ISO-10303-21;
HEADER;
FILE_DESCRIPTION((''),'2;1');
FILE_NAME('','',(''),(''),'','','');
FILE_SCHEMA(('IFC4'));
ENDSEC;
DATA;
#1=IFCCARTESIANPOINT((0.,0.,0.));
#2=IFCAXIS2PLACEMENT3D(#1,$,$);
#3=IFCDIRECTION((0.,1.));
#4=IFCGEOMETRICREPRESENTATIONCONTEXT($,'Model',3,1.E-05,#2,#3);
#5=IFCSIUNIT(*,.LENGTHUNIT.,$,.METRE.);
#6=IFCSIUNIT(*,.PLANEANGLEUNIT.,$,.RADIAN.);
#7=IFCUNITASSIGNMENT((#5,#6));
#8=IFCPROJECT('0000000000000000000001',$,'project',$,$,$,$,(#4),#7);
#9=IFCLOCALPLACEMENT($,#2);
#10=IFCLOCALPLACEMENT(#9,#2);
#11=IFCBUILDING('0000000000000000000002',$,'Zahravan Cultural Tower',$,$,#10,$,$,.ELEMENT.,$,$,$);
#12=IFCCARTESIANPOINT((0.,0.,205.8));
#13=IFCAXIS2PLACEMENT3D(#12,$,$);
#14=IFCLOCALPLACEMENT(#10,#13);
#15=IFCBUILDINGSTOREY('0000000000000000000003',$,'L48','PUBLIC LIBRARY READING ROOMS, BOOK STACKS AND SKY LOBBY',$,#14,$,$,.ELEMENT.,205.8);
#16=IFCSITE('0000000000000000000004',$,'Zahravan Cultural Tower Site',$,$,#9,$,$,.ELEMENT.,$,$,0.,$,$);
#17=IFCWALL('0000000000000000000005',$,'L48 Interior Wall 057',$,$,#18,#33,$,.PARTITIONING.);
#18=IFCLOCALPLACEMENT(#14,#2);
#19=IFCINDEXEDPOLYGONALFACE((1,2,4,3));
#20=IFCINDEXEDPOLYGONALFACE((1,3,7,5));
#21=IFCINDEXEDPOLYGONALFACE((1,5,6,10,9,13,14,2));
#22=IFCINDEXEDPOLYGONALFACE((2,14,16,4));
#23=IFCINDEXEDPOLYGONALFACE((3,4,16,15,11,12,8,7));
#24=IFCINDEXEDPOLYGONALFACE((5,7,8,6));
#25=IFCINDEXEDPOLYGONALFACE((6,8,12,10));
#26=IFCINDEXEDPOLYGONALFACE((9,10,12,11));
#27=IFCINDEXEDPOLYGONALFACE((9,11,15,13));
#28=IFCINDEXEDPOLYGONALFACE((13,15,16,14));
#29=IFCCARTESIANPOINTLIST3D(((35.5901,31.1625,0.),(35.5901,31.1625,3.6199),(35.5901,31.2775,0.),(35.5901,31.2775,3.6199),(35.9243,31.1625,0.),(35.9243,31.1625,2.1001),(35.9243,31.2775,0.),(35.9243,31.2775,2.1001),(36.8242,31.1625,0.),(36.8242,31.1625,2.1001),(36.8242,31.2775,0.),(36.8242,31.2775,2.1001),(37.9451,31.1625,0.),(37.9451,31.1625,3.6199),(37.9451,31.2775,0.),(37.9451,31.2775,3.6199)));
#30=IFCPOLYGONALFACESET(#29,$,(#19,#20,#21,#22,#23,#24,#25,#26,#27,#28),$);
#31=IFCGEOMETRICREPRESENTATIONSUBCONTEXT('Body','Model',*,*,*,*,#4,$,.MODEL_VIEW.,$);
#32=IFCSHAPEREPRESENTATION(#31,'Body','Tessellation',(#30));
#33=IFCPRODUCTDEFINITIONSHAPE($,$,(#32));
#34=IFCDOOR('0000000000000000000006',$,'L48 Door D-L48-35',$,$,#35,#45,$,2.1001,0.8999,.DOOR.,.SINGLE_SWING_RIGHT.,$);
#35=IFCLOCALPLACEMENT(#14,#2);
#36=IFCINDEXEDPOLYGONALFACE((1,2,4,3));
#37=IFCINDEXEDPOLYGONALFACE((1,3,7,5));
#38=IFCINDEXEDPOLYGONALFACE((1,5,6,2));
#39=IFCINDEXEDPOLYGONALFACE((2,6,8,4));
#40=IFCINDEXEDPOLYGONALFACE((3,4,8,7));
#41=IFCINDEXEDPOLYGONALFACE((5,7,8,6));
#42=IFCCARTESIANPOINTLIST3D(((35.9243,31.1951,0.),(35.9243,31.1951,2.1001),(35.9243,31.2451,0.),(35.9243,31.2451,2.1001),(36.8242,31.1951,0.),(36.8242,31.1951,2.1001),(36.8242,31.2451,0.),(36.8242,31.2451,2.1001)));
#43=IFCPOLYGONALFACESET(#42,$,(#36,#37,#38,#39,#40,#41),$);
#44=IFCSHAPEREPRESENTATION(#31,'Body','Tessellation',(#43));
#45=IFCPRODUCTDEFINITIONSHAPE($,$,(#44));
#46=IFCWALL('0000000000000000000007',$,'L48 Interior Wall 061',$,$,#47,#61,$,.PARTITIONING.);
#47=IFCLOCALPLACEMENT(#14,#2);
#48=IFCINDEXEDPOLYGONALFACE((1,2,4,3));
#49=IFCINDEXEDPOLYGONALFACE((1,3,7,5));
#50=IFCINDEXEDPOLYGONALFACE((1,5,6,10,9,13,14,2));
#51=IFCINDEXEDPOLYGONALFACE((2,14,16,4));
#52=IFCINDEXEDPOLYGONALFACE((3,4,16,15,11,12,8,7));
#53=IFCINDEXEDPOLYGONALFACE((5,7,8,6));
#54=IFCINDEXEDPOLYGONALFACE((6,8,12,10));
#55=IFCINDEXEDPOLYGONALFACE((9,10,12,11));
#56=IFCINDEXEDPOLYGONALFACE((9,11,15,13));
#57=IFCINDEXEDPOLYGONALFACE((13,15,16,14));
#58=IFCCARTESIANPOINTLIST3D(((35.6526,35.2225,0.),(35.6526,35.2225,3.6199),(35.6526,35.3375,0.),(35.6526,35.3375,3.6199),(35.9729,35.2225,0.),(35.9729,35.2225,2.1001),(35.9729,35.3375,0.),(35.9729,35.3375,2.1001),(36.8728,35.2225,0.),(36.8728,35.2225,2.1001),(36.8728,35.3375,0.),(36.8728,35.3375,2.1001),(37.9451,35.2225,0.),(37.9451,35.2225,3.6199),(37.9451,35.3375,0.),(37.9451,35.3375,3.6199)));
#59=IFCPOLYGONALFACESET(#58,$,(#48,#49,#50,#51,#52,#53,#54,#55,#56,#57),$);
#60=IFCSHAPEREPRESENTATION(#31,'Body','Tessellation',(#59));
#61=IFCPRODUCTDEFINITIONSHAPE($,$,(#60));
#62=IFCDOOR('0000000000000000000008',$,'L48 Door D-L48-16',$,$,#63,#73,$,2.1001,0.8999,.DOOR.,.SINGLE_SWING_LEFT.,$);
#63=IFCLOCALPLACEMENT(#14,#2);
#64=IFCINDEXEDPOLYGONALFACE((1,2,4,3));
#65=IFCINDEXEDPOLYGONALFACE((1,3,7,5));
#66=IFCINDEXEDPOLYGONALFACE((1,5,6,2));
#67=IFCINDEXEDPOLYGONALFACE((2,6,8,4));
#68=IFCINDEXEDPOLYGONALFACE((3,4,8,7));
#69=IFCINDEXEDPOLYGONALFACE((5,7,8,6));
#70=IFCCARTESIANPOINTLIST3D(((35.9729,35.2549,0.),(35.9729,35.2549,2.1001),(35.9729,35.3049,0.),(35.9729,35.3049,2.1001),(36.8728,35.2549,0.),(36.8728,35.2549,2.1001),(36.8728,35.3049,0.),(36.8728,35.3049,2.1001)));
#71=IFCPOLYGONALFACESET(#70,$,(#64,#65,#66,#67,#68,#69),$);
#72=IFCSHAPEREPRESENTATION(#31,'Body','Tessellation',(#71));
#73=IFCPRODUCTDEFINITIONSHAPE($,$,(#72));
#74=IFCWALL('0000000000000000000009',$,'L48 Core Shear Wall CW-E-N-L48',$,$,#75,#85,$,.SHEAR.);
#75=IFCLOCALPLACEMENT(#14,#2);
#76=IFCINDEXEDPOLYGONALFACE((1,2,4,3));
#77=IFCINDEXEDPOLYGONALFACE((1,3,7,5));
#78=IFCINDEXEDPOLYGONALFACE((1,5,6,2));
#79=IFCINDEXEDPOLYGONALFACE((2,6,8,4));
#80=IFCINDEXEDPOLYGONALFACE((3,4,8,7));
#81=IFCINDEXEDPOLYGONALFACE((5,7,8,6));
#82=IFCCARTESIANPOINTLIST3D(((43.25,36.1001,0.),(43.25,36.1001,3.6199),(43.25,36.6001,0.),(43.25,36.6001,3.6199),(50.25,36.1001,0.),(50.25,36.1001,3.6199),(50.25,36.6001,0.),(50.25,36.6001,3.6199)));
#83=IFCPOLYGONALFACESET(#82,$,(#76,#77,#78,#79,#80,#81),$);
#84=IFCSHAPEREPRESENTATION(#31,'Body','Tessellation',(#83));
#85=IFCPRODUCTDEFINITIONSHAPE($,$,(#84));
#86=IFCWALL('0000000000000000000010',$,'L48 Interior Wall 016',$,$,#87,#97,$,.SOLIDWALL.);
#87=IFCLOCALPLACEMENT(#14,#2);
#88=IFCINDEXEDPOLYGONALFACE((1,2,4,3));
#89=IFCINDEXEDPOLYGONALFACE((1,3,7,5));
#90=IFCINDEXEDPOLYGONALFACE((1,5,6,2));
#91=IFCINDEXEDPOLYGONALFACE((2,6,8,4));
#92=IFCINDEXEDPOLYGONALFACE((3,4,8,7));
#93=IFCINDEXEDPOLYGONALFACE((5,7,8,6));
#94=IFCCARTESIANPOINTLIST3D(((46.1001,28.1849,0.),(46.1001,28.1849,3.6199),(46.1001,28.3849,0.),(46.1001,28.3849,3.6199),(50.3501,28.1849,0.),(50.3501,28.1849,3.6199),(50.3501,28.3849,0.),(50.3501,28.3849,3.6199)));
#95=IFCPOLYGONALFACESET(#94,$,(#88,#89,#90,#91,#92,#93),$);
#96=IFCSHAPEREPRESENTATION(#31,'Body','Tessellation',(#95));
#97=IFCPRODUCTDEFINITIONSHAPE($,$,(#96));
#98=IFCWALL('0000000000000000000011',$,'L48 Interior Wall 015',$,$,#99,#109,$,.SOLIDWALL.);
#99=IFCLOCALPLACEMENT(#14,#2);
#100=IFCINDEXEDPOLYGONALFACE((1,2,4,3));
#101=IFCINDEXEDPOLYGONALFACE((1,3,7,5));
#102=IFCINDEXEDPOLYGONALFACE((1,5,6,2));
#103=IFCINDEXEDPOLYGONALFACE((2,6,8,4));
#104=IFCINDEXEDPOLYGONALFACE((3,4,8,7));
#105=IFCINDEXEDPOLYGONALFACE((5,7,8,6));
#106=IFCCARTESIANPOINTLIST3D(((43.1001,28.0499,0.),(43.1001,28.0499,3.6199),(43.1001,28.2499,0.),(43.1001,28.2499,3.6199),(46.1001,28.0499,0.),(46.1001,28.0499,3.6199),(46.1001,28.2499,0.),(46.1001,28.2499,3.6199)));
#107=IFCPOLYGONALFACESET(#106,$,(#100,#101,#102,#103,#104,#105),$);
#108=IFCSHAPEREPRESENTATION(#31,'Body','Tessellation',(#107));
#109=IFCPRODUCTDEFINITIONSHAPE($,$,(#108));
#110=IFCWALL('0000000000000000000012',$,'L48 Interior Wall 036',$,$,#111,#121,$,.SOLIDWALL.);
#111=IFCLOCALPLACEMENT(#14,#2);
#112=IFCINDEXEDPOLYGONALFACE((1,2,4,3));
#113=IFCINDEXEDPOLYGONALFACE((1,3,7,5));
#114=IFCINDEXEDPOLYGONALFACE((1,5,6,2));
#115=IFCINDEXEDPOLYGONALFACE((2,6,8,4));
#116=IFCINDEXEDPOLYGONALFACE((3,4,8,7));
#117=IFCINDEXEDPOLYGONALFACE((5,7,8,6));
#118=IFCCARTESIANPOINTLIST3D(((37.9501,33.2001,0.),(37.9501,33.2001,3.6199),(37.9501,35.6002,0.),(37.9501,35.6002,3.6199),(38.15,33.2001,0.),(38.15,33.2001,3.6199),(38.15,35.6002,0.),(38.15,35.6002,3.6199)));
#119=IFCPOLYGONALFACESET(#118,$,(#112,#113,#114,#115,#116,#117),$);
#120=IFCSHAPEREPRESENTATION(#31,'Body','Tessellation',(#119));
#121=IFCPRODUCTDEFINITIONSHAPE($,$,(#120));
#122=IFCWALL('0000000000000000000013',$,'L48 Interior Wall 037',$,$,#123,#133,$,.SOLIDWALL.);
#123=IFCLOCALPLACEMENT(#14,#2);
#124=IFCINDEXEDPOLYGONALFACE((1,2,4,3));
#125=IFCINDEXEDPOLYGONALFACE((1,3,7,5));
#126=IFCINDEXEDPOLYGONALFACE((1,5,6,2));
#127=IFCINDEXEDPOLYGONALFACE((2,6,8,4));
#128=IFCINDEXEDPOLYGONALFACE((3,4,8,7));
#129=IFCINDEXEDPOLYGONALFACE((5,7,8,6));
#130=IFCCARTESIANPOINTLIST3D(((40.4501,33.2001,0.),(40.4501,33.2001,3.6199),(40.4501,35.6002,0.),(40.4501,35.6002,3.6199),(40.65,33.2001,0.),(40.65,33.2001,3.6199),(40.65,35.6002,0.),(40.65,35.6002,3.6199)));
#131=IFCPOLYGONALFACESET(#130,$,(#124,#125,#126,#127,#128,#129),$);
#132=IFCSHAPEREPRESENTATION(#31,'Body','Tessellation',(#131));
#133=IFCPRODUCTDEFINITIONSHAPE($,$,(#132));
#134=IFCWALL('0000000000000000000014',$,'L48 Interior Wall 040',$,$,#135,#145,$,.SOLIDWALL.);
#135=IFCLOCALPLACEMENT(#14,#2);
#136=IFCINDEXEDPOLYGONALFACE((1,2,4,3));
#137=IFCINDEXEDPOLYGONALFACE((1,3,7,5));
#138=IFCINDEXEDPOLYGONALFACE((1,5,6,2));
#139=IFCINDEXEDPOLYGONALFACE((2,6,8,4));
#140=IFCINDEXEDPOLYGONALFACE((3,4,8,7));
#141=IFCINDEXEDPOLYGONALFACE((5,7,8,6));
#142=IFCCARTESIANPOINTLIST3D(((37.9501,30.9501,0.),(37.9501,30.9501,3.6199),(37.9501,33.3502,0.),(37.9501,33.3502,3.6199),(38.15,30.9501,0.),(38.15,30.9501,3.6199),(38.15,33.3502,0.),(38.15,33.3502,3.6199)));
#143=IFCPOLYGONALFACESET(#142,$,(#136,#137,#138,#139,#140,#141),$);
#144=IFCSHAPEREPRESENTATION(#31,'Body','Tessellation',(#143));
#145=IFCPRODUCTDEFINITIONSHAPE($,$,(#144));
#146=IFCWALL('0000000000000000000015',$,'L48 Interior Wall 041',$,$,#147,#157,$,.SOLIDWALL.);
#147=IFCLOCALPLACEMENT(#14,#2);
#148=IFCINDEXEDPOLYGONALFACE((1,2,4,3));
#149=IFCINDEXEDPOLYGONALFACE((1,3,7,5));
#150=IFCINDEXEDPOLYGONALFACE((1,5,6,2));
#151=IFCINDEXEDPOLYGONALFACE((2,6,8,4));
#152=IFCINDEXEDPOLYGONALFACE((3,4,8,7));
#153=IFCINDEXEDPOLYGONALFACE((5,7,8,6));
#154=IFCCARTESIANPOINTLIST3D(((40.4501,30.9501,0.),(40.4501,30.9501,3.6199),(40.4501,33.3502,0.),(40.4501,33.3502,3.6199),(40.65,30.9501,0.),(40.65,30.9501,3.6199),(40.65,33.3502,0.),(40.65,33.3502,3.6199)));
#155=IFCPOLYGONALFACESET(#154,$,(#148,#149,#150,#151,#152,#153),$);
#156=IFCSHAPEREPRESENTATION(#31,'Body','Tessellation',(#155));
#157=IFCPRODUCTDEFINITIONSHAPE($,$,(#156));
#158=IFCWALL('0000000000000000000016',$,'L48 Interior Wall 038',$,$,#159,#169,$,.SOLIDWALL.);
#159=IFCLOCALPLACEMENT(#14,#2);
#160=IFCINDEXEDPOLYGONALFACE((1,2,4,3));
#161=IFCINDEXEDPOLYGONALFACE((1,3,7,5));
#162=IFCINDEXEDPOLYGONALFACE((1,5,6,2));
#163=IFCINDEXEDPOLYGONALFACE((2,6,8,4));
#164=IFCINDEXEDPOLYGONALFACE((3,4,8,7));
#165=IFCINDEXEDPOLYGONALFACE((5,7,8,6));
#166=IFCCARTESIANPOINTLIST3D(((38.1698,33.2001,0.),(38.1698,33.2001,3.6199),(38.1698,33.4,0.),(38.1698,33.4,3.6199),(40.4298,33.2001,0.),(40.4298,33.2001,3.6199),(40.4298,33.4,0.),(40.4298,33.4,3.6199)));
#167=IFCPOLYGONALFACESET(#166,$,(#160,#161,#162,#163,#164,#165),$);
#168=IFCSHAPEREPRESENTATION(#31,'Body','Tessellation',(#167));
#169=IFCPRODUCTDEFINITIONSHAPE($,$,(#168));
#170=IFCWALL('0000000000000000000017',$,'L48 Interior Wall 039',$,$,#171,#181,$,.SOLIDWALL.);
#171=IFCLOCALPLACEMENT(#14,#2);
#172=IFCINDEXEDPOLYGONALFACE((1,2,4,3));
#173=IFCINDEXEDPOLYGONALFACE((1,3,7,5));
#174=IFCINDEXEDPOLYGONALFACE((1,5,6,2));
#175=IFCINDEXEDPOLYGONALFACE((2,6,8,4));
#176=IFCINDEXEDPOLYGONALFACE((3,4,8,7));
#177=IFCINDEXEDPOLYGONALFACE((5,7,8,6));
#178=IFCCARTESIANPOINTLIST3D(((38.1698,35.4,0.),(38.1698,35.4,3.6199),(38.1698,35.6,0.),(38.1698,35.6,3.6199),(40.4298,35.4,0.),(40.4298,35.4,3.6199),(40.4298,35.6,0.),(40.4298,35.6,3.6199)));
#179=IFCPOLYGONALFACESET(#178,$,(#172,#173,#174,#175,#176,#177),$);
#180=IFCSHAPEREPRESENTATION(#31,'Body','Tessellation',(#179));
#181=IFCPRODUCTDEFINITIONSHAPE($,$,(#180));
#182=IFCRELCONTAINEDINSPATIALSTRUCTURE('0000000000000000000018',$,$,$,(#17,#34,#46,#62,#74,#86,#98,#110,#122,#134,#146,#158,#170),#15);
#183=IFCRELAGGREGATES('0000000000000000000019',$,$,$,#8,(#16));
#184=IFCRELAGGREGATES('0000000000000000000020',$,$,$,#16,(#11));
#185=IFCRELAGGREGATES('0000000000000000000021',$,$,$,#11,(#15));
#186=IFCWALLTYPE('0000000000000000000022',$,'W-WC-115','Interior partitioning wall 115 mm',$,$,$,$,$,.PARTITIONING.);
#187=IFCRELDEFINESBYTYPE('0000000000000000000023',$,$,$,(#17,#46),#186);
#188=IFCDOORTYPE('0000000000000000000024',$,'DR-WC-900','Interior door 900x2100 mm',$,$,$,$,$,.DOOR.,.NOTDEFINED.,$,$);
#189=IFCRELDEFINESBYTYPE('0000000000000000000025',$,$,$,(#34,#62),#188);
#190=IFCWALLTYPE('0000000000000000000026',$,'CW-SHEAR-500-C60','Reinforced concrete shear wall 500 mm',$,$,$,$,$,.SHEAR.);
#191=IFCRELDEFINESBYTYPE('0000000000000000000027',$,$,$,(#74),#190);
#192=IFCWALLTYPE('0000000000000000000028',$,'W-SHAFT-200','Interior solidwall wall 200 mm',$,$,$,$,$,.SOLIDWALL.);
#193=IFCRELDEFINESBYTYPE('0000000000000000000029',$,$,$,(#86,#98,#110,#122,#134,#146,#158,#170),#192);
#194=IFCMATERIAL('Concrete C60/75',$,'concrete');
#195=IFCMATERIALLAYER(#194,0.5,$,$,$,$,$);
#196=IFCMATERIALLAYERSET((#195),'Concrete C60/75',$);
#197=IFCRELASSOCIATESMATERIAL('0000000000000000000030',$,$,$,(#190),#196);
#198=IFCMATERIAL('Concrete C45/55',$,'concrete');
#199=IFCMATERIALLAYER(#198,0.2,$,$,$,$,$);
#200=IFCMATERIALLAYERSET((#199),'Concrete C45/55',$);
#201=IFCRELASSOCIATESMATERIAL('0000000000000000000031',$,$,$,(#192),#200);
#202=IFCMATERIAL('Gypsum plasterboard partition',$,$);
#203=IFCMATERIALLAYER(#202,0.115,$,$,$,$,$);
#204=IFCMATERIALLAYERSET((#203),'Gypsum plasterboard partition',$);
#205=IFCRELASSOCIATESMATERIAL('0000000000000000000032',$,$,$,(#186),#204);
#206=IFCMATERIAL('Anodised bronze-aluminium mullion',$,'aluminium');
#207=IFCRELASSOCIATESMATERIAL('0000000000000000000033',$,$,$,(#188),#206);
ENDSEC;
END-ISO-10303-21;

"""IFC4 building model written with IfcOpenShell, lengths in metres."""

from ifc_helpers import new_model, si_unit, direction, frame, frame_2d, origin, place, context, subcontext, project, spatial, rectangle, extrude, source, transform, mapped, material, layer, layer_set, type_object, element, fill, save


model = new_model("IFC4")

# Units and contexts
model_context = context("Model", 3, precision=1e-05, world=origin(), true_north=direction((0.0, 1.0)))
body_context = subcontext(model_context, "Body", "Model", "MODEL_VIEW")
ifc_project = project(units=[si_unit("LENGTHUNIT", "METRE"), si_unit("PLANEANGLEUNIT", "RADIAN")], contexts=[model_context])

# Site, building, storey
site_placement = place(None, origin())
site = spatial("IfcSite", under=ifc_project, at=site_placement, Name="Zahravan Cultural Tower Site", CompositionType="ELEMENT", RefElevation=0.0)
building_placement = place(site_placement, origin())
building = spatial("IfcBuilding", under=site, at=building_placement, Name="Zahravan Cultural Tower", CompositionType="ELEMENT")
storey_placement = place(building_placement, frame((0.0, 0.0, 205.8)))
storey = spatial("IfcBuildingStorey", under=building, at=storey_placement, Name="L48", Description="PUBLIC LIBRARY READING ROOMS, BOOK STACKS AND SKY LOBBY", CompositionType="ELEMENT", Elevation=205.8)

# Walls, openings, doors
ifc_material_1 = material(Name="Concrete C60/75", Category="concrete")
ifc_layer_1 = layer(ifc_material_1, 0.5)
ifc_layer_set_1 = layer_set([ifc_layer_1], Name="Concrete C60/75")
wall_type_1 = type_object("IfcWallType", Name="CW-SHEAR-500-C60", Description="Reinforced concrete shear wall 500 mm", PredefinedType="SHEAR", material=ifc_layer_set_1)
ifc_material_2 = material(Name="Gypsum plasterboard partition")
ifc_material_3 = material(Name="Anodised bronze-aluminium mullion", Category="aluminium")
ifc_material_4 = material(Name="Concrete C45/55", Category="concrete")
ifc_layer_2 = layer(ifc_material_4, 0.2)
ifc_layer_set_2 = layer_set([ifc_layer_2], Name="Concrete C45/55")
wall_type_2 = type_object("IfcWallType", Name="W-SHAFT-200", Description="Interior solidwall wall 200 mm", PredefinedType="SOLIDWALL", material=ifc_layer_set_2)
ifc_layer_3 = layer(ifc_material_2, 0.115)
ifc_layer_set_3 = layer_set([ifc_layer_3], Name="Gypsum plasterboard partition")
wall_type_3 = type_object("IfcWallType", Name="W-WC-115", Description="Interior partitioning wall 115 mm", PredefinedType="PARTITIONING", material=ifc_layer_set_3)
wall_1_placement = place(storey_placement, frame((37.9451, 31.22, 0.0), z_axis=(0.0, 0.0, 1.0), x_axis=(-1.0, 0.0, 0.0)))
wall_1 = element("IfcWall", 1, at=wall_1_placement, inside=storey, type_object=wall_type_3, Name="L48 Interior Wall 057", PredefinedType="PARTITIONING", context=body_context, shape_type="SweptSolid", body=[
    extrude(rectangle(XDim=2.355, YDim=0.115, at=frame_2d((1.1775, 0.0))), origin(), (0.0, 0.0, 1.0), 3.6199),
])
opening_1_placement = place(wall_1_placement, frame((1.1208, 0.0, 0.0)))
opening_1 = element("IfcOpeningElement", 2, at=opening_1_placement, cuts=wall_1, PredefinedType="OPENING", context=body_context, shape_type="SweptSolid", body=[
    extrude(rectangle(XDim=0.8999, YDim=2.1001, at=frame_2d((0.45, 1.05))), frame((0.0, 0.0674, 0.0), z_axis=(0.0, -1.0, 0.0), x_axis=(1.0, 0.0, 0.0)), (0.0, 0.0, 1.0), 0.135),
])
door_type_1 = type_object("IfcDoorType", Name="DR-WC-900", Description="Interior door 900x2100 mm", OperationType="NOTDEFINED", PredefinedType="DOOR", material=ifc_material_3)
shared_shape_1 = source(origin(), body_context, "Body", "SweptSolid", [
    extrude(rectangle(XDim=0.8999, YDim=2.1001, at=frame_2d((0.45, 1.05))), frame((0.0, 0.0249, 0.0), z_axis=(0.0, -1.0, 0.0), x_axis=(1.0, 0.0, 0.0)), (0.0, 0.0, 1.0), 0.05),
])
door_1_placement = place(opening_1_placement, origin())
door_1 = element("IfcDoor", 3, at=door_1_placement, inside=storey, type_object=door_type_1, Name="L48 Door D-L48-35", OperationType="SINGLE_SWING_RIGHT", OverallHeight=2.1001, OverallWidth=0.8999, PredefinedType="DOOR", context=body_context, shape_type="MappedRepresentation", body=[
    mapped(shared_shape_1, transform((0.0, 0.0, 0.0), x_axis=(1.0, 0.0, 0.0), y_axis=(0.0, 1.0, 0.0), z_axis=(0.0, 0.0, 1.0), scale=1.0)),
])
fill(opening_1, door_1)
wall_2_placement = place(storey_placement, frame((35.6526, 35.28, 0.0), z_axis=(0.0, 0.0, 1.0), x_axis=(1.0, 0.0, 0.0)))
wall_2 = element("IfcWall", 4, at=wall_2_placement, inside=storey, type_object=wall_type_3, Name="L48 Interior Wall 061", PredefinedType="PARTITIONING", context=body_context, shape_type="SweptSolid", body=[
    extrude(rectangle(XDim=2.2925, YDim=0.115, at=frame_2d((1.1462, 0.0))), origin(), (0.0, 0.0, 1.0), 3.6199),
])
opening_2_placement = place(wall_2_placement, frame((0.3203, 0.0, 0.0)))
opening_2 = element("IfcOpeningElement", 5, at=opening_2_placement, cuts=wall_2, PredefinedType="OPENING", context=body_context, shape_type="SweptSolid", body=[
    extrude(rectangle(XDim=0.8999, YDim=2.1001, at=frame_2d((0.45, 1.05))), frame((0.0, 0.0674, 0.0), z_axis=(0.0, -1.0, 0.0), x_axis=(1.0, 0.0, 0.0)), (0.0, 0.0, 1.0), 0.135),
])
door_2_placement = place(opening_2_placement, origin())
door_2 = element("IfcDoor", 6, at=door_2_placement, inside=storey, type_object=door_type_1, Name="L48 Door D-L48-16", OperationType="SINGLE_SWING_LEFT", OverallHeight=2.1001, OverallWidth=0.8999, PredefinedType="DOOR", context=body_context, shape_type="MappedRepresentation", body=[
    mapped(shared_shape_1, transform((0.0, 0.0, 0.0), x_axis=(1.0, 0.0, 0.0), y_axis=(0.0, 1.0, 0.0), z_axis=(0.0, 0.0, 1.0), scale=1.0)),
])
fill(opening_2, door_2)

# Walls
shared_shape_2 = source(origin(), body_context, "Body", "SweptSolid", [
    extrude(rectangle(XDim=7.0, YDim=0.5, at=frame_2d((3.5, 0.0))), origin(), (0.0, 0.0, 1.0), 3.6199),
])
wall_3_placement = place(storey_placement, frame((43.25, 36.3501, 0.0), z_axis=(0.0, 0.0, 1.0), x_axis=(1.0, 0.0, 0.0)))
element("IfcWall", 7, at=wall_3_placement, inside=storey, type_object=wall_type_1, Name="L48 Core Shear Wall CW-E-N-L48", PredefinedType="SHEAR", context=body_context, shape_type="MappedRepresentation", body=[
    mapped(shared_shape_2, transform((0.0, 0.0, 0.0), x_axis=(1.0, 0.0, 0.0), y_axis=(0.0, 1.0, 0.0), z_axis=(0.0, 0.0, 1.0), scale=1.0)),
])
shared_shape_3 = source(origin(), body_context, "Body", "SweptSolid", [
    extrude(rectangle(XDim=4.25, YDim=0.2, at=frame_2d((2.125, 0.0))), origin(), (0.0, 0.0, 1.0), 3.6199),
])
wall_4_placement = place(storey_placement, frame((46.1001, 28.2849, 0.0), z_axis=(0.0, 0.0, 1.0), x_axis=(1.0, 0.0, 0.0)))
element("IfcWall", 8, at=wall_4_placement, inside=storey, type_object=wall_type_2, Name="L48 Interior Wall 016", PredefinedType="SOLIDWALL", context=body_context, shape_type="MappedRepresentation", body=[
    mapped(shared_shape_3, transform((0.0, 0.0, 0.0), x_axis=(1.0, 0.0, 0.0), y_axis=(0.0, 1.0, 0.0), z_axis=(0.0, 0.0, 1.0), scale=1.0)),
])
shared_shape_4 = source(origin(), body_context, "Body", "SweptSolid", [
    extrude(rectangle(XDim=3.0, YDim=0.2, at=frame_2d((1.5, 0.0))), origin(), (0.0, 0.0, 1.0), 3.6199),
])
wall_5_placement = place(storey_placement, frame((43.1001, 28.1499, 0.0), z_axis=(0.0, 0.0, 1.0), x_axis=(1.0, 0.0, 0.0)))
element("IfcWall", 9, at=wall_5_placement, inside=storey, type_object=wall_type_2, Name="L48 Interior Wall 015", PredefinedType="SOLIDWALL", context=body_context, shape_type="MappedRepresentation", body=[
    mapped(shared_shape_4, transform((0.0, 0.0, 0.0), x_axis=(1.0, 0.0, 0.0), y_axis=(0.0, 1.0, 0.0), z_axis=(0.0, 0.0, 1.0), scale=1.0)),
])
shared_shape_5 = source(origin(), body_context, "Body", "SweptSolid", [
    extrude(rectangle(XDim=2.4001, YDim=0.2, at=frame_2d((1.2002, 0.0))), origin(), (0.0, 0.0, 1.0), 3.6199),
])
for number, where, z_axis, x_axis, name in (
    (10, (38.05, 33.2, 0.0), (0.0, 0.0, 1.0), (0.0, 1.0, 0.0), "L48 Interior Wall 036"),
    (11, (40.55, 33.2, 0.0), (0.0, 0.0, 1.0), (0.0, 1.0, 0.0), "L48 Interior Wall 037"),
    (12, (38.05, 30.95, 0.0), (0.0, 0.0, 1.0), (0.0, 1.0, 0.0), "L48 Interior Wall 040"),
    (13, (40.55, 30.95, 0.0), (0.0, 0.0, 1.0), (0.0, 1.0, 0.0), "L48 Interior Wall 041"),
):
    element("IfcWall", number, at=place(storey_placement, frame(where, z_axis=z_axis, x_axis=x_axis)), inside=storey, type_object=wall_type_2, Name=name, PredefinedType="SOLIDWALL", context=body_context, shape_type="MappedRepresentation", body=[
        mapped(shared_shape_5, transform((0.0, 0.0, 0.0), x_axis=(1.0, 0.0, 0.0), y_axis=(0.0, 1.0, 0.0), z_axis=(0.0, 0.0, 1.0), scale=1.0)),
    ])
shared_shape_6 = source(origin(), body_context, "Body", "SweptSolid", [
    extrude(rectangle(XDim=2.26, YDim=0.2, at=frame_2d((1.1299, 0.0))), origin(), (0.0, 0.0, 1.0), 3.6199),
])
for number, where, z_axis, x_axis, name in (
    (14, (38.1699, 33.3, 0.0), (0.0, 0.0, 1.0), (1.0, 0.0, 0.0), "L48 Interior Wall 038"),
    (15, (38.1699, 35.5, 0.0), (0.0, 0.0, 1.0), (1.0, 0.0, 0.0), "L48 Interior Wall 039"),
):
    element("IfcWall", number, at=place(storey_placement, frame(where, z_axis=z_axis, x_axis=x_axis)), inside=storey, type_object=wall_type_2, Name=name, PredefinedType="SOLIDWALL", context=body_context, shape_type="MappedRepresentation", body=[
        mapped(shared_shape_6, transform((0.0, 0.0, 0.0), x_axis=(1.0, 0.0, 0.0), y_axis=(0.0, 1.0, 0.0), z_axis=(0.0, 0.0, 1.0), scale=1.0)),
    ])

save(model, "model.ifc")
